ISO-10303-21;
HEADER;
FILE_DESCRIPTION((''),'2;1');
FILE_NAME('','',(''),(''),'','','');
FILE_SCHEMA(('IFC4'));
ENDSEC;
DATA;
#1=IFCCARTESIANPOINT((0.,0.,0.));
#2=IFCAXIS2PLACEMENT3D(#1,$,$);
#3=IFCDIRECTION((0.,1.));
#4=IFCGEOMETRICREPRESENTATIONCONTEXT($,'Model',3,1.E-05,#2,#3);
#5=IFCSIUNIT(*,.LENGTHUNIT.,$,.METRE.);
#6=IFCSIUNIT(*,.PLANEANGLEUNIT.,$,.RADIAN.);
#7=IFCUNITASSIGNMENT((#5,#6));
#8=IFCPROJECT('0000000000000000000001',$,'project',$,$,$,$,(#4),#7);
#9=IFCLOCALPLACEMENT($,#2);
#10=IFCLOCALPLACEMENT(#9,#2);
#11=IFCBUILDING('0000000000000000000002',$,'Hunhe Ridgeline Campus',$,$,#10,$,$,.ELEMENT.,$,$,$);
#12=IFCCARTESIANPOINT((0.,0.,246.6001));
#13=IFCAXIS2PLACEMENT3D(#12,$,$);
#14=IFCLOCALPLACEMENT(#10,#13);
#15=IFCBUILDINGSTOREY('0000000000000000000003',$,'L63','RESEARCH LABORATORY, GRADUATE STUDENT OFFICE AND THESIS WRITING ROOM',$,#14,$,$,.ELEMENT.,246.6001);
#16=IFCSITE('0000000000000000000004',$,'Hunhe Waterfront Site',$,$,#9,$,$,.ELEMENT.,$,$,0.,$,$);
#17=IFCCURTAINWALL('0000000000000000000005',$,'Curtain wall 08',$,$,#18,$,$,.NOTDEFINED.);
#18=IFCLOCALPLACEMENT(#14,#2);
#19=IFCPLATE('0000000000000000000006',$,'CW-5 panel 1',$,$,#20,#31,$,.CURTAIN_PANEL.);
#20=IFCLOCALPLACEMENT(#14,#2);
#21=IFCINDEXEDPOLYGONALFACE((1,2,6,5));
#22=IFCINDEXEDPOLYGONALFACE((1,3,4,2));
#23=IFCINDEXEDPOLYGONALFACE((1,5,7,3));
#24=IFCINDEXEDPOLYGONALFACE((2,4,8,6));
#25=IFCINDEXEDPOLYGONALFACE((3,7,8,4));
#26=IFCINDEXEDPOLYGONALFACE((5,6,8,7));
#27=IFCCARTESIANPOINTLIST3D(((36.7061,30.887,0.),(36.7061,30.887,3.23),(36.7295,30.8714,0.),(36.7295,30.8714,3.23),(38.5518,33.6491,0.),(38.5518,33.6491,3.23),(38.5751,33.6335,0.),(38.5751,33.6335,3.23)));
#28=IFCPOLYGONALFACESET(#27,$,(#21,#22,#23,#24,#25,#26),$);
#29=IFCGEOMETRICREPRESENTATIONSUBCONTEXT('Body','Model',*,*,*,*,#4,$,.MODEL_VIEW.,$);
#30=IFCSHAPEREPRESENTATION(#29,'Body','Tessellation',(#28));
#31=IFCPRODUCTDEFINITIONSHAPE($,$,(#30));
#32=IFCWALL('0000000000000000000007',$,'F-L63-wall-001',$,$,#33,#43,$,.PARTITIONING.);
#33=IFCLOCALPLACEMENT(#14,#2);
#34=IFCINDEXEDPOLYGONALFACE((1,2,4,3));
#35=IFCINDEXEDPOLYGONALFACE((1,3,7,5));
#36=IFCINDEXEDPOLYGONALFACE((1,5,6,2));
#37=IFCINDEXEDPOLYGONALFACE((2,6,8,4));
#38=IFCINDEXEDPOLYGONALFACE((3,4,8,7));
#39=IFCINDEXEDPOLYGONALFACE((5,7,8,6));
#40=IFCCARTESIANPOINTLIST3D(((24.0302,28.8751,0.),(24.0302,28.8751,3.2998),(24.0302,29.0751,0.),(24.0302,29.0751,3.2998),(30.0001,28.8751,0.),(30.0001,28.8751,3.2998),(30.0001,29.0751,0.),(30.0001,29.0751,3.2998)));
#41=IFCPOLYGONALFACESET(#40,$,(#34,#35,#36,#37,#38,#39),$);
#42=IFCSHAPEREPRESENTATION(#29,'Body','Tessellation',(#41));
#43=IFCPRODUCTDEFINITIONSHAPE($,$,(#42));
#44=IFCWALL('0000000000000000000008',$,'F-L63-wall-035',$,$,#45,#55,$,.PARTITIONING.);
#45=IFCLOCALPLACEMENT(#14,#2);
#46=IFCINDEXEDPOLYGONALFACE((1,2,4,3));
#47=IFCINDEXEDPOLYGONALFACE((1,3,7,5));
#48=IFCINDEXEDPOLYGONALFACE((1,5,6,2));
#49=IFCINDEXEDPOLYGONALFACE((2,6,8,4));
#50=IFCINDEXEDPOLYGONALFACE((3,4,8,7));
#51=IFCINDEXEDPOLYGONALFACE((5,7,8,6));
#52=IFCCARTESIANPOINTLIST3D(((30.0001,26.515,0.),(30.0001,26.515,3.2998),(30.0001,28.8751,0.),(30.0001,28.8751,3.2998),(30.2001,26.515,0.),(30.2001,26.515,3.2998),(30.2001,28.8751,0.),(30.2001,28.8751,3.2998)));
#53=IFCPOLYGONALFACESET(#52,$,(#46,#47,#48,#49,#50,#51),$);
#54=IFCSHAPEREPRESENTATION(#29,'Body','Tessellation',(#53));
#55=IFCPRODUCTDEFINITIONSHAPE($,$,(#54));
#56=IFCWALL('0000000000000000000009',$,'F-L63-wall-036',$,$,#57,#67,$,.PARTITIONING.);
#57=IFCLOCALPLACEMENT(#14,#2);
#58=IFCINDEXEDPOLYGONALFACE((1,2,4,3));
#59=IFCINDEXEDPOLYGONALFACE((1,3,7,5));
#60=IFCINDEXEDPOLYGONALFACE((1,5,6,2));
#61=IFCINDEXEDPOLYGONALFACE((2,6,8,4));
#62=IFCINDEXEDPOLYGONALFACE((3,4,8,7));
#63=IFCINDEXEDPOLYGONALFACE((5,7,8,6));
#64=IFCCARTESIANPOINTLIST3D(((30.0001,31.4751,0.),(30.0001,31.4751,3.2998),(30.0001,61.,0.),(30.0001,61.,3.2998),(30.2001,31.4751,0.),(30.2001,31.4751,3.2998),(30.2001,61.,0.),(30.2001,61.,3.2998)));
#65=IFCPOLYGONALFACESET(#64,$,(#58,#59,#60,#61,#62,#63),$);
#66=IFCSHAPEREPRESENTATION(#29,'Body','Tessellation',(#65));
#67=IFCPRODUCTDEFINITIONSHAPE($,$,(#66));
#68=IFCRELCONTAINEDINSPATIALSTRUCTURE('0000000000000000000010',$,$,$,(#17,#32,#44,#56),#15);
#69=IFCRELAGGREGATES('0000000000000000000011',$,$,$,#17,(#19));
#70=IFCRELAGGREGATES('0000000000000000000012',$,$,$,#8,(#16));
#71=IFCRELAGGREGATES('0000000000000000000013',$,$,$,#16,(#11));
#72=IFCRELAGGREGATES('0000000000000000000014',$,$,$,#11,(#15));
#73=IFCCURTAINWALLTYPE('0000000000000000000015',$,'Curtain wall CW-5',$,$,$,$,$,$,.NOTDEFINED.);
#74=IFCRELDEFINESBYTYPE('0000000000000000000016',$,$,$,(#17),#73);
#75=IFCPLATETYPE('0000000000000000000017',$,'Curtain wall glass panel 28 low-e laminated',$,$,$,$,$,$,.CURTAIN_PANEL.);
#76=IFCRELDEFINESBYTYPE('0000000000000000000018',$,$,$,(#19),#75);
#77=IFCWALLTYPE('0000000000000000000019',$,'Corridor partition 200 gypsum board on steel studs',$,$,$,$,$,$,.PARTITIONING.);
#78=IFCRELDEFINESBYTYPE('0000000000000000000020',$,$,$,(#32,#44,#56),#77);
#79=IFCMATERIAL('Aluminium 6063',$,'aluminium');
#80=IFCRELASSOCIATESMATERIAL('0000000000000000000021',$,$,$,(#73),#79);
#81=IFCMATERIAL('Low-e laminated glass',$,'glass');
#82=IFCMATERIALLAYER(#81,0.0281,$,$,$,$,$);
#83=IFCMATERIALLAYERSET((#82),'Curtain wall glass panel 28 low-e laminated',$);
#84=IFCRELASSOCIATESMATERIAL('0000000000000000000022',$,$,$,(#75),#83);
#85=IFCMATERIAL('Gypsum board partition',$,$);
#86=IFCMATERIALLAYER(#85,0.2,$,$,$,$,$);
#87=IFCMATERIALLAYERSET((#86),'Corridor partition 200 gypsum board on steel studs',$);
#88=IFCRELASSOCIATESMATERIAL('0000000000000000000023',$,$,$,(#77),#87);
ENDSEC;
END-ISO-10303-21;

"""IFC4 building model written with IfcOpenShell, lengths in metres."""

from ifc_helpers import new_model, si_unit, direction, frame, frame_2d, origin, origin_2d, place, context, subcontext, project, spatial, rectangle, extrude, material, layer, layer_set, type_object, element, aggregate, save


model = new_model("IFC4")

# Units and contexts
model_context = context("Model", 3, precision=1e-05, world=origin(), true_north=direction((0.0, 1.0)))
body_context = subcontext(model_context, "Body", "Model", "MODEL_VIEW")
ifc_project = project(units=[si_unit("LENGTHUNIT", "METRE"), si_unit("PLANEANGLEUNIT", "RADIAN")], contexts=[model_context])

# Site, building, storey
site_placement = place(None, origin())
site = spatial("IfcSite", under=ifc_project, at=site_placement, Name="Hunhe Waterfront Site", CompositionType="ELEMENT", RefElevation=0.0)
building_placement = place(site_placement, origin())
building = spatial("IfcBuilding", under=site, at=building_placement, Name="Hunhe Ridgeline Campus", CompositionType="ELEMENT")
storey_placement = place(building_placement, frame((0.0, 0.0, 246.6001)))
storey = spatial("IfcBuildingStorey", under=building, at=storey_placement, Name="L63", Description="RESEARCH LABORATORY, GRADUATE STUDENT OFFICE AND THESIS WRITING ROOM", CompositionType="ELEMENT", Elevation=246.6001)

# Shared definitions
ifc_material_1 = material(Name="Aluminium 6063", Category="aluminium")
curtain_wall_type = type_object("IfcCurtainWallType", Name="Curtain wall CW-5", PredefinedType="NOTDEFINED", material=ifc_material_1)

# Curtain wall
curtain_wall_1_placement = place(storey_placement, origin())
curtain_wall_1 = element("IfcCurtainWall", 1, at=curtain_wall_1_placement, inside=storey, type_object=curtain_wall_type, Name="Curtain wall 08", PredefinedType="NOTDEFINED")

# Plate
ifc_material_2 = material(Name="Low-e laminated glass", Category="glass")
ifc_layer_1 = layer(ifc_material_2, 0.0281)
ifc_layer_set_1 = layer_set([ifc_layer_1], Name="Curtain wall glass panel 28 low-e laminated")
plate_type = type_object("IfcPlateType", Name="Curtain wall glass panel 28 low-e laminated", PredefinedType="CURTAIN_PANEL", material=ifc_layer_set_1)
plate_1_placement = place(storey_placement, frame((37.6406, 32.2603, 0.0), z_axis=(0.0, 0.0, 1.0), x_axis=(0.55557, 0.83147, 0.0)))
plate_1 = element("IfcPlate", 2, at=plate_1_placement, type_object=plate_type, Name="CW-5 panel 1", PredefinedType="CURTAIN_PANEL", context=body_context, shape_type="SweptSolid", body=[
    extrude(rectangle(XDim=3.322, YDim=0.0281, at=origin_2d()), origin(), (0.0, 0.0, 1.0), 3.23),
])
aggregate(curtain_wall_1, [plate_1])

# Walls
ifc_material_3 = material(Name="Gypsum board partition")
ifc_layer_2 = layer(ifc_material_3, 0.2)
ifc_layer_set_2 = layer_set([ifc_layer_2], Name="Corridor partition 200 gypsum board on steel studs")
wall_type = type_object("IfcWallType", Name="Corridor partition 200 gypsum board on steel studs", PredefinedType="PARTITIONING", material=ifc_layer_set_2)
wall_1_placement = place(storey_placement, frame((30.0, 28.9751, 0.0), z_axis=(0.0, 0.0, 1.0), x_axis=(-1.0, 0.0, 0.0)))
element("IfcWall", 3, at=wall_1_placement, inside=storey, type_object=wall_type, Name="F-L63-wall-001", PredefinedType="PARTITIONING", context=body_context, shape_type="SweptSolid", body=[
    extrude(rectangle(XDim=5.97, YDim=0.2, at=frame_2d((2.9849, 0.0))), origin(), (0.0, 0.0, 1.0), 3.2998),
])
wall_2_placement = place(storey_placement, frame((30.1001, 26.5149, 0.0), z_axis=(0.0, 0.0, 1.0), x_axis=(0.0, 1.0, 0.0)))
element("IfcWall", 4, at=wall_2_placement, inside=storey, type_object=wall_type, Name="F-L63-wall-035", PredefinedType="PARTITIONING", context=body_context, shape_type="SweptSolid", body=[
    extrude(rectangle(XDim=2.3601, YDim=0.2, at=frame_2d((1.1802, 0.0))), origin(), (0.0, 0.0, 1.0), 3.2998),
])
wall_3_placement = place(storey_placement, frame((30.1001, 31.4751, 0.0), z_axis=(0.0, 0.0, 1.0), x_axis=(0.0, 1.0, 0.0)))
element("IfcWall", 5, at=wall_3_placement, inside=storey, type_object=wall_type, Name="F-L63-wall-036", PredefinedType="PARTITIONING", context=body_context, shape_type="SweptSolid", body=[
    extrude(rectangle(XDim=29.5249, YDim=0.2, at=frame_2d((14.7625, 0.0))), origin(), (0.0, 0.0, 1.0), 3.2998),
])

save(model, "model.ifc")
